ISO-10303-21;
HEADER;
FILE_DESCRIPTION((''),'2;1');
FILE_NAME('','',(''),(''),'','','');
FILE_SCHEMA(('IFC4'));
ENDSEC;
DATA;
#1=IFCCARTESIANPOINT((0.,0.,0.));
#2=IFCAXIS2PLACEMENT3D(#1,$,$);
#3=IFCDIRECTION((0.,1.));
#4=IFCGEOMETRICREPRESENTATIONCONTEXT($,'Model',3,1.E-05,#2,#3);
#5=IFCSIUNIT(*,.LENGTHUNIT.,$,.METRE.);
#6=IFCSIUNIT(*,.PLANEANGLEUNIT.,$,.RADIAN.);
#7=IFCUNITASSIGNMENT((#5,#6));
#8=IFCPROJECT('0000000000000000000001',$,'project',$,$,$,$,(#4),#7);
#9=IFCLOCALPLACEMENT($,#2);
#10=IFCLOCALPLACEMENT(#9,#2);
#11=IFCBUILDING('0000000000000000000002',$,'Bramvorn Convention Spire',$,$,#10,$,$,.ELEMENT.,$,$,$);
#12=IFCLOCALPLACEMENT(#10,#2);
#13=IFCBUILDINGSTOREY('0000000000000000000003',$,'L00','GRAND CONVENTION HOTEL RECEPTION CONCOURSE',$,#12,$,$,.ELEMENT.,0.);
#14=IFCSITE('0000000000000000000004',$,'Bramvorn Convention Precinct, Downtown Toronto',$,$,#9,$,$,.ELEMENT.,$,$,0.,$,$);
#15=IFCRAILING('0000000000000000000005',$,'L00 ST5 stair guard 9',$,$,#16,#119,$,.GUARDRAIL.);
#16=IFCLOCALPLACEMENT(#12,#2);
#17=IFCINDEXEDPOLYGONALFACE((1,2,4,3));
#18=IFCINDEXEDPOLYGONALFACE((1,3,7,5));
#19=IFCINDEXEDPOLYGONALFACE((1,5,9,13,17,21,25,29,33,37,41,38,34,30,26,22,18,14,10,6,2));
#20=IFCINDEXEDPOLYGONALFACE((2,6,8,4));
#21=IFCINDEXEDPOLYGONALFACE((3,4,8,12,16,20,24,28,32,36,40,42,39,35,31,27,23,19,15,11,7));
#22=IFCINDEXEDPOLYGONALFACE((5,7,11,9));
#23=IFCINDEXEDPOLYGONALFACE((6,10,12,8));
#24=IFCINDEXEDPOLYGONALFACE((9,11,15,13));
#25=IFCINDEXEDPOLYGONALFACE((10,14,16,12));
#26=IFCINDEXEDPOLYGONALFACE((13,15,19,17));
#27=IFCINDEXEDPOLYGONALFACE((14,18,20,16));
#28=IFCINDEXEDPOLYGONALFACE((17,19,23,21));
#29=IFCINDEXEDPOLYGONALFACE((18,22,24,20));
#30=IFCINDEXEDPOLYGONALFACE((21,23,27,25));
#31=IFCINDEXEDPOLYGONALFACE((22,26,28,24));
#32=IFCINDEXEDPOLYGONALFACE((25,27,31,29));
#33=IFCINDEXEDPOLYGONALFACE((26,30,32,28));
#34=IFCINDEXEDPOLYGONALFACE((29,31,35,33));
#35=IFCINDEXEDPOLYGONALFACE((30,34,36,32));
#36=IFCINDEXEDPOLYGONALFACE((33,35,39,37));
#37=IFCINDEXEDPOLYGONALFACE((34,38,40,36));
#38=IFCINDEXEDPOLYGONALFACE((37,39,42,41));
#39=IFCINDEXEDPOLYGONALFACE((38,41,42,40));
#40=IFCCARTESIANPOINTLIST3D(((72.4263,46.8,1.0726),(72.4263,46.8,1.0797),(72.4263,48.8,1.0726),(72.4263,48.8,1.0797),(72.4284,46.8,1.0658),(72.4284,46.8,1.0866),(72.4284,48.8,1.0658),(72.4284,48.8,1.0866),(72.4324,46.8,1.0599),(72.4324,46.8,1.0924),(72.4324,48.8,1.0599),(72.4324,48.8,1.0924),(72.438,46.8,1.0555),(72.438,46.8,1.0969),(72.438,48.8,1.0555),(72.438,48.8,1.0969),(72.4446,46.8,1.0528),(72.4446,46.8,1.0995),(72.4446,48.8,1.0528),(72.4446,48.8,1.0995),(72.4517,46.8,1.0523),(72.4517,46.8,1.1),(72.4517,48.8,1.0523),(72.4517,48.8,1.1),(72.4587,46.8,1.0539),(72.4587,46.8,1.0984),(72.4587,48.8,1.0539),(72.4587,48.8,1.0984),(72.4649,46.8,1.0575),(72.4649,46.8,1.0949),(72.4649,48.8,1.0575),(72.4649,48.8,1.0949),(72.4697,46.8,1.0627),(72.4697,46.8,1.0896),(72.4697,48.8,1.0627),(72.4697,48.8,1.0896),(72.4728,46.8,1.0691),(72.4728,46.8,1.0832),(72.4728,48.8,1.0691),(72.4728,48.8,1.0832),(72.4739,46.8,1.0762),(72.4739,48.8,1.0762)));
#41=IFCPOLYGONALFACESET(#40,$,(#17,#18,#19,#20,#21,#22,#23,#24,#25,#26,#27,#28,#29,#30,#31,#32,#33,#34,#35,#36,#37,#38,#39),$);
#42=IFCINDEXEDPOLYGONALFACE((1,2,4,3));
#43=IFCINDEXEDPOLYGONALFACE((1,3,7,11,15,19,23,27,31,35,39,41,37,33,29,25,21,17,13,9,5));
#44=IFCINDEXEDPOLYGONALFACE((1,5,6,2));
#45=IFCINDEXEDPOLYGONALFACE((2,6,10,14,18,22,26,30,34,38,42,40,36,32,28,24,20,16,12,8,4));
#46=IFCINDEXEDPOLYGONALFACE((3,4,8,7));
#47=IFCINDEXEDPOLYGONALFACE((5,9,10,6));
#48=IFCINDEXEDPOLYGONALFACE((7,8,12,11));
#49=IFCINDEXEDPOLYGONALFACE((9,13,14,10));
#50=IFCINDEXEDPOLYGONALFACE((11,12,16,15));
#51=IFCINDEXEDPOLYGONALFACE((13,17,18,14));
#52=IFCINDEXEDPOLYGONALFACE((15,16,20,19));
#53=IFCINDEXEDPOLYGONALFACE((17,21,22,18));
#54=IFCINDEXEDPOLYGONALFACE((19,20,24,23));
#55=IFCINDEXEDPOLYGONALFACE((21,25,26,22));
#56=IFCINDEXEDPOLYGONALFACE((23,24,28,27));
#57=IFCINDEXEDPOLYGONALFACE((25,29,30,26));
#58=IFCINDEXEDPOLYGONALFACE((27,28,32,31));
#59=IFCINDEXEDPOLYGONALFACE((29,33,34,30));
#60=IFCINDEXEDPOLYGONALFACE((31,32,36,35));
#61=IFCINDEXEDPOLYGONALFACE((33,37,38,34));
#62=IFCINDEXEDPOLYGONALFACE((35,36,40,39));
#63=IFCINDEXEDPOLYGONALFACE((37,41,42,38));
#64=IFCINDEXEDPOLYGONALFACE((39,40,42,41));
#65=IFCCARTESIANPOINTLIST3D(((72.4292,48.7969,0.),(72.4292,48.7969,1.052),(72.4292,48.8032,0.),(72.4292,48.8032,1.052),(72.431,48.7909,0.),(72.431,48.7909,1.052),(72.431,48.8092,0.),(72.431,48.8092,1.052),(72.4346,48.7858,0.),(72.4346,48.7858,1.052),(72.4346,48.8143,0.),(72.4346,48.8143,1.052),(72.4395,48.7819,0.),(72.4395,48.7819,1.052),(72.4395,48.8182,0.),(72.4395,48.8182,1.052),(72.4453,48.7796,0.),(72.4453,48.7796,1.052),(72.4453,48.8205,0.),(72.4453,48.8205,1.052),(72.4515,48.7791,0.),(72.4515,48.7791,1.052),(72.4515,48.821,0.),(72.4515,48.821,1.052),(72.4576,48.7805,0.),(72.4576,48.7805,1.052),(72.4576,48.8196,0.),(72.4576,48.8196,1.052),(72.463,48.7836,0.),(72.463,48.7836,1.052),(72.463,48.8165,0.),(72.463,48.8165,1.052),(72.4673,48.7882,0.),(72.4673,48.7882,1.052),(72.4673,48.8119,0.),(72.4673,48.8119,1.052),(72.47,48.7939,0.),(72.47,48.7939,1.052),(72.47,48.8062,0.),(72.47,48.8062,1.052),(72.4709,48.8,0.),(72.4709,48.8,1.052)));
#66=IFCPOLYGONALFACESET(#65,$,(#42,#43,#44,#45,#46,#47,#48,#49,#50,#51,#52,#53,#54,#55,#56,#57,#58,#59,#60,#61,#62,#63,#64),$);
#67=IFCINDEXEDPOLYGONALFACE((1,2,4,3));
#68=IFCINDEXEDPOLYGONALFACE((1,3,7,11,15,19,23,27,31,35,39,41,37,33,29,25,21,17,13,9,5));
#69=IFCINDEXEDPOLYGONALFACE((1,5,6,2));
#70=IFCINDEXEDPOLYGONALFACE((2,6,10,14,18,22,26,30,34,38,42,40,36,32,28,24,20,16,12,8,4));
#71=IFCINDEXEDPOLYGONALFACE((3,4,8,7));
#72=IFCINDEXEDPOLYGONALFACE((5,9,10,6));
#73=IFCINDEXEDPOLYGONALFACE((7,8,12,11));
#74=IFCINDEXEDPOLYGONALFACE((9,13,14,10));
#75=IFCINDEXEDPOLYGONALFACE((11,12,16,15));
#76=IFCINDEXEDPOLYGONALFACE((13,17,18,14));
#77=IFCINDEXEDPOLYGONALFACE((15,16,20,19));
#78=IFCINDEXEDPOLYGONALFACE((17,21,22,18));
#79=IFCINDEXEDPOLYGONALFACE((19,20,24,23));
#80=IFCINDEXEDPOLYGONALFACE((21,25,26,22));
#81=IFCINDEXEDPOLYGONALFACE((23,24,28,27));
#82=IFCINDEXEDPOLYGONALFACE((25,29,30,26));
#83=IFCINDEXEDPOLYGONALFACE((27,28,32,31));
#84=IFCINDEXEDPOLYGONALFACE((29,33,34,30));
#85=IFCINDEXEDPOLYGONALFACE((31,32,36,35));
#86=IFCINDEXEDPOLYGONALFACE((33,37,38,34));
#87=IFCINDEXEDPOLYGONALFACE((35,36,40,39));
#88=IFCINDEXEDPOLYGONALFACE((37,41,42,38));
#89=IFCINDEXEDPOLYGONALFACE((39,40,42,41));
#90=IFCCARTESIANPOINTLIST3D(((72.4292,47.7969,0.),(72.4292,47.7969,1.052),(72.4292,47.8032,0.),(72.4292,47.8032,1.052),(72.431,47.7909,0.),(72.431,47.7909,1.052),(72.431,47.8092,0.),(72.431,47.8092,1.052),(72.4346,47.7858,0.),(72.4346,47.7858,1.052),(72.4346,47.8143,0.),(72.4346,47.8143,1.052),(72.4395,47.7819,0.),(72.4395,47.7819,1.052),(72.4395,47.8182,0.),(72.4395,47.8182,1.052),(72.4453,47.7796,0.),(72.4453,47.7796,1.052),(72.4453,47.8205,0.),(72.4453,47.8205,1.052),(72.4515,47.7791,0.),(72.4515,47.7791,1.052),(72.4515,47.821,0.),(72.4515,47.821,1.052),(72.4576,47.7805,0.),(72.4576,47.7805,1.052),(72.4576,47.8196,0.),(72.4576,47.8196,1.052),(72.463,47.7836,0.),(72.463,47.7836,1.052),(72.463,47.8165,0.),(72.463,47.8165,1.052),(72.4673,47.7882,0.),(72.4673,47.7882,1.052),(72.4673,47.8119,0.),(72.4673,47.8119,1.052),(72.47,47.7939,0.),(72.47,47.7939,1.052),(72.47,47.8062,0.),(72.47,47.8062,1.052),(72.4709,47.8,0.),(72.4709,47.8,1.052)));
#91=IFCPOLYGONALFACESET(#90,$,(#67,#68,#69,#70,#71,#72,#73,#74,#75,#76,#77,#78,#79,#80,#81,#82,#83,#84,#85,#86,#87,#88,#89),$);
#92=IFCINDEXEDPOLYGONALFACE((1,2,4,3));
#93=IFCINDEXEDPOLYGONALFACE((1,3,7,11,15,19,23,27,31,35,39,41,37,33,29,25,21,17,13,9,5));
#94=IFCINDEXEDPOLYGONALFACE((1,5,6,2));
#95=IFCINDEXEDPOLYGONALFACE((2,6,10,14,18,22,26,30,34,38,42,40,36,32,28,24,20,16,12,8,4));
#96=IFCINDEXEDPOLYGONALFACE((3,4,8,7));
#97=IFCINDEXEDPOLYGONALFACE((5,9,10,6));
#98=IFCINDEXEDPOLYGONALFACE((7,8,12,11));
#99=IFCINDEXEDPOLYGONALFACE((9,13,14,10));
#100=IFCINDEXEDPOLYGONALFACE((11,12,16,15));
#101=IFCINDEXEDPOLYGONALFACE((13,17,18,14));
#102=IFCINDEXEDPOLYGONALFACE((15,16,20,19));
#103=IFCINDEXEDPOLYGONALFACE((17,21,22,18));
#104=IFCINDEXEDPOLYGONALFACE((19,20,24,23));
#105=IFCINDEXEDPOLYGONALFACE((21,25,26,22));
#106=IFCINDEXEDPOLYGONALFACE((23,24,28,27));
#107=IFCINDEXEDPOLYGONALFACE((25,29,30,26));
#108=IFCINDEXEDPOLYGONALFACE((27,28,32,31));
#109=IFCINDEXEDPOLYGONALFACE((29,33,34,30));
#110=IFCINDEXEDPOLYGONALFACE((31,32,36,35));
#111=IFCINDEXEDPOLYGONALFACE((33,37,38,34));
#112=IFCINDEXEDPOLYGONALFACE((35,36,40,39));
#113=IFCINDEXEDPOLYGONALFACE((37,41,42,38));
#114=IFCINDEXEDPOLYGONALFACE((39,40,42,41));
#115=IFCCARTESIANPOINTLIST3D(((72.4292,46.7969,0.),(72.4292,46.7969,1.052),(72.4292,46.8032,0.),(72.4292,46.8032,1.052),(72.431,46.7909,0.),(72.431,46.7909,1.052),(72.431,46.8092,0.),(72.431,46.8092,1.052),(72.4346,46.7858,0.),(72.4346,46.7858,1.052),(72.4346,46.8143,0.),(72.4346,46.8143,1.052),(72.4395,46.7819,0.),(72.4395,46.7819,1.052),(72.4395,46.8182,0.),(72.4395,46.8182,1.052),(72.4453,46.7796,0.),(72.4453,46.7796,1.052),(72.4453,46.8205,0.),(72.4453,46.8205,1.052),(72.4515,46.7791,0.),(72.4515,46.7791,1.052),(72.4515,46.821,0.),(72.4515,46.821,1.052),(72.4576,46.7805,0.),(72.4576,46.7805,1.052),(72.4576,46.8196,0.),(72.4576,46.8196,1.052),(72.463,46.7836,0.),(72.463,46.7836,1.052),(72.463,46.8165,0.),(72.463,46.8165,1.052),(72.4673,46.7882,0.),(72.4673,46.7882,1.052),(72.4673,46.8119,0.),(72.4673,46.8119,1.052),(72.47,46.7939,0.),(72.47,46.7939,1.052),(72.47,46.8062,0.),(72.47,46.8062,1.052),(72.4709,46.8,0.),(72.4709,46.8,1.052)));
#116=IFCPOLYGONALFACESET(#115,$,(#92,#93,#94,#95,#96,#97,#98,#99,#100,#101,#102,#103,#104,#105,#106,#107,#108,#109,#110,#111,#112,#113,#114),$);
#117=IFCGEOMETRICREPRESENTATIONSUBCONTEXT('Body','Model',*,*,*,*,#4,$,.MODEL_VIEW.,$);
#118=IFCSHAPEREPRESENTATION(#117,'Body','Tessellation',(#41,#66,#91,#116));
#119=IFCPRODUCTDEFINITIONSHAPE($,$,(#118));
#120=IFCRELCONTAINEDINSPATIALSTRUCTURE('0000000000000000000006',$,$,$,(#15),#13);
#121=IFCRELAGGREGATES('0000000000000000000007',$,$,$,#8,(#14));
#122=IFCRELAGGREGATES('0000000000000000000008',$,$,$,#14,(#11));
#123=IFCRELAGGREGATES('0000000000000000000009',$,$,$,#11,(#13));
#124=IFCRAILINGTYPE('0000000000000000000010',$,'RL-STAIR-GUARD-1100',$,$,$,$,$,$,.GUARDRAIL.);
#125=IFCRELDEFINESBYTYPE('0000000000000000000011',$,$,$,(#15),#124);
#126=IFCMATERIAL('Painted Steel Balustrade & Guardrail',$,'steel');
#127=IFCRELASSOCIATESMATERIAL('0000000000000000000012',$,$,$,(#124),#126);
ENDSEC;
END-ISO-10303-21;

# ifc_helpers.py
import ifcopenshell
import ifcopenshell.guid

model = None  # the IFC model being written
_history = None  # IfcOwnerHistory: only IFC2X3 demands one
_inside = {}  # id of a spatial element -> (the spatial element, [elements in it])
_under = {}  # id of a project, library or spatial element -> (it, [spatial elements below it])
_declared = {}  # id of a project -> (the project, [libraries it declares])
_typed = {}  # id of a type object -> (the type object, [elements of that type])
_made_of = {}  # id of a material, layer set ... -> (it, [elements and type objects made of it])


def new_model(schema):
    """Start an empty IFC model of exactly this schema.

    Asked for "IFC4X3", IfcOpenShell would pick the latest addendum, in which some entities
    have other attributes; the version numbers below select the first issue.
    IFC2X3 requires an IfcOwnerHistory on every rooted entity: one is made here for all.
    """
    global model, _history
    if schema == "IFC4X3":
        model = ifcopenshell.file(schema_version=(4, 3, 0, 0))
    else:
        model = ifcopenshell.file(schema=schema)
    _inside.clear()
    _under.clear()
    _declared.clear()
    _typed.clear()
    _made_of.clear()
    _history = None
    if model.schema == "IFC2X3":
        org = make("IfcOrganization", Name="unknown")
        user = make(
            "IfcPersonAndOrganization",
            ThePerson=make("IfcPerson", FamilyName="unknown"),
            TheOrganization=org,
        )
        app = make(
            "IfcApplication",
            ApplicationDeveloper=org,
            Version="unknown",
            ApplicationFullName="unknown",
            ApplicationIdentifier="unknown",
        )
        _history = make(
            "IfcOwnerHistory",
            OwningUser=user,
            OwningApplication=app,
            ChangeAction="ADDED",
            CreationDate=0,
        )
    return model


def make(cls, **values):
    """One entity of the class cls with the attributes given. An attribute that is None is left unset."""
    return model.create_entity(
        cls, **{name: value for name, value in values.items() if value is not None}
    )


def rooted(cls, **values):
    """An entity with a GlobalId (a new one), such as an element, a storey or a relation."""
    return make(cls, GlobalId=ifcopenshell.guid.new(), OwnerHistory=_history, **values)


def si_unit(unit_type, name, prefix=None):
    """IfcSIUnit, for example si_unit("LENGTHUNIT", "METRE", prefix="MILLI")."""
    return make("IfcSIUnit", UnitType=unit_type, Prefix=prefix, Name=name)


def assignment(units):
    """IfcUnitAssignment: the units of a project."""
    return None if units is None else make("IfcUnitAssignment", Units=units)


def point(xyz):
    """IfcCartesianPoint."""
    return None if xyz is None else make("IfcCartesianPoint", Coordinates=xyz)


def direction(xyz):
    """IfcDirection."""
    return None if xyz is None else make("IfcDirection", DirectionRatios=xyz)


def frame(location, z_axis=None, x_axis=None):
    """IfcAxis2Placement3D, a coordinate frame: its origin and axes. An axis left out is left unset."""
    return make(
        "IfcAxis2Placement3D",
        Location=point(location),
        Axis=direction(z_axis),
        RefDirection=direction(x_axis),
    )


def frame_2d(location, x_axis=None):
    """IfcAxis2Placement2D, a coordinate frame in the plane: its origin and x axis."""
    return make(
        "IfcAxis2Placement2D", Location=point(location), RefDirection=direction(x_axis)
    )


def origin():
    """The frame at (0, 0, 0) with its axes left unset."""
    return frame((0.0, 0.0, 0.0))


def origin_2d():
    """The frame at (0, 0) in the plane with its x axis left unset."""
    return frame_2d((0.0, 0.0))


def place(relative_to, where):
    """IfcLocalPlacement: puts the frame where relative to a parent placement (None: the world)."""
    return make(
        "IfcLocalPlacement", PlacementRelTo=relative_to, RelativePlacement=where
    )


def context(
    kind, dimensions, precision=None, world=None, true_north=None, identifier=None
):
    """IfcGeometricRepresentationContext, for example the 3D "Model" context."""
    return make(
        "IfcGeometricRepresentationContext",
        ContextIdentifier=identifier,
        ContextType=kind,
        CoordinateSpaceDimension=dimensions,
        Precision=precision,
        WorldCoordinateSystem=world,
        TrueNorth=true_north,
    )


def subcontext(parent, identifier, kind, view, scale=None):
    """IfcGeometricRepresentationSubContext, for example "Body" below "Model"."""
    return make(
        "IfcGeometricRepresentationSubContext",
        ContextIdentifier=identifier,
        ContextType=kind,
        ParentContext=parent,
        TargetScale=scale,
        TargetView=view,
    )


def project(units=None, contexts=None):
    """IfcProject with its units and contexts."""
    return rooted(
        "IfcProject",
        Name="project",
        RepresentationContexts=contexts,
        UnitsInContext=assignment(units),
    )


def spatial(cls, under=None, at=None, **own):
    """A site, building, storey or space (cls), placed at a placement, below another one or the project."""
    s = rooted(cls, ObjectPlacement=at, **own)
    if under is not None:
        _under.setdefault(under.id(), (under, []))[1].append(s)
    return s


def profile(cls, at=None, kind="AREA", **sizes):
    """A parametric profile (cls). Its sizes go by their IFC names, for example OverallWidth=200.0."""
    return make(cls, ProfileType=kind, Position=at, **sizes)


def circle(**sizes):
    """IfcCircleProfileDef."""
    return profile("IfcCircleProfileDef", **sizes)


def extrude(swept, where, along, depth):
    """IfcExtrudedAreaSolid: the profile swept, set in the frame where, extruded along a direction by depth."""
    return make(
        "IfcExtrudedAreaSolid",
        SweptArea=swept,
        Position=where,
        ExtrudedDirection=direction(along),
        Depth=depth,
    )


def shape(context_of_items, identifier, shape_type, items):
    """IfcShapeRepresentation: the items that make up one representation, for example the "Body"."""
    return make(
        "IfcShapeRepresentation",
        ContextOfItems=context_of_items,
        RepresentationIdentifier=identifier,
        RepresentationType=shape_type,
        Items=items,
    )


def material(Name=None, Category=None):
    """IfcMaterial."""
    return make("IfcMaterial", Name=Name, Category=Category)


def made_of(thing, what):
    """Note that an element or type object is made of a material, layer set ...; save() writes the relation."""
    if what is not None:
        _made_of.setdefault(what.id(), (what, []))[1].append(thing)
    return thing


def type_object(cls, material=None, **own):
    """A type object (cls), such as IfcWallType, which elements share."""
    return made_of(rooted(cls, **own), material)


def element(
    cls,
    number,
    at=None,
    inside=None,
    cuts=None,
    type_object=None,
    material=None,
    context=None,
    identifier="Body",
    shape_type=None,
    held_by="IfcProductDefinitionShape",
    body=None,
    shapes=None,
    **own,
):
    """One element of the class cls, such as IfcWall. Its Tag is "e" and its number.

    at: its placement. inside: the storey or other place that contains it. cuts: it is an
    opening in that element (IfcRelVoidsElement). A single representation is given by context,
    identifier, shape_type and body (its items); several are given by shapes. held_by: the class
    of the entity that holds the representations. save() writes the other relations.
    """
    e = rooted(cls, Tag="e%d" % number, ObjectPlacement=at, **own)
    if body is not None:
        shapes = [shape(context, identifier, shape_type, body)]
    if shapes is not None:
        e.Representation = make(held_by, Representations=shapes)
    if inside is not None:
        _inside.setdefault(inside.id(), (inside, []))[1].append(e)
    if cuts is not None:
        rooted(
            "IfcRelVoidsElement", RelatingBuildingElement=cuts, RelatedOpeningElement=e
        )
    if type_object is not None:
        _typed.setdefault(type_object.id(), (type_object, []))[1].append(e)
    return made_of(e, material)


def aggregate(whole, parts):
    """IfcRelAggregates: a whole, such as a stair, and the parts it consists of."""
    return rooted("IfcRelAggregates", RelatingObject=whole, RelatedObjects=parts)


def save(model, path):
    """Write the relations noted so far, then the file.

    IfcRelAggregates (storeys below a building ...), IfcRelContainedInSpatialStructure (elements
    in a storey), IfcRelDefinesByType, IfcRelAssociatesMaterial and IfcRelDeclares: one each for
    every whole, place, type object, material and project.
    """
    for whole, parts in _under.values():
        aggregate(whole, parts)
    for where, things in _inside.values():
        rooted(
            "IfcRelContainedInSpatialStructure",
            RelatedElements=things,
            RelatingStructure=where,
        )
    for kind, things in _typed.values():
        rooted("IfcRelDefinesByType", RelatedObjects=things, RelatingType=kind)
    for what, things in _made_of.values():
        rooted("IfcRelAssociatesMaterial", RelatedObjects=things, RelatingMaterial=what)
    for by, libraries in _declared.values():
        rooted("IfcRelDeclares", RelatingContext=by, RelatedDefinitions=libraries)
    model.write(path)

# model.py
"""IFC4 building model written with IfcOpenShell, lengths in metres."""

from ifc_helpers import new_model, si_unit, direction, frame, origin, origin_2d, place, context, subcontext, project, spatial, circle, extrude, material, type_object, element, save


model = new_model("IFC4")

# Units and contexts
model_context = context("Model", 3, precision=1e-05, world=origin(), true_north=direction((0.0, 1.0)))
body_context = subcontext(model_context, "Body", "Model", "MODEL_VIEW")
ifc_project = project(units=[si_unit("LENGTHUNIT", "METRE"), si_unit("PLANEANGLEUNIT", "RADIAN")], contexts=[model_context])

# Site, building, storey
site_placement = place(None, origin())
site = spatial("IfcSite", under=ifc_project, at=site_placement, Name="Bramvorn Convention Precinct, Downtown Toronto", CompositionType="ELEMENT", RefElevation=0.0)
building_placement = place(site_placement, origin())
building = spatial("IfcBuilding", under=site, at=building_placement, Name="Bramvorn Convention Spire", CompositionType="ELEMENT")
storey_placement = place(building_placement, origin())
storey = spatial("IfcBuildingStorey", under=building, at=storey_placement, Name="L00", Description="GRAND CONVENTION HOTEL RECEPTION CONCOURSE", CompositionType="ELEMENT", Elevation=0.0)

# Railing
ifc_material_1 = material(Name="Painted Steel Balustrade & Guardrail", Category="steel")
railing_type_1 = type_object("IfcRailingType", Name="RL-STAIR-GUARD-1100", PredefinedType="GUARDRAIL", material=ifc_material_1)
for number, where, name in (
    (1, (72.45, 48.8, 0.0), "L00 ST5 stair guard 9"),
):
    element("IfcRailing", number, at=place(storey_placement, frame(where)), inside=storey, type_object=railing_type_1, Name=name, PredefinedType="GUARDRAIL", context=body_context, shape_type="SweptSolid", body=[
        extrude(circle(Radius=0.0239, at=origin_2d()), frame((0.0, 0.0, 1.0762), z_axis=(0.0, -1.0, 0.0), x_axis=(1.0, 0.0, 0.0)), (0.0, 0.0, 1.0), 2.0),
        extrude(circle(Radius=0.021, at=origin_2d()), origin(), (0.0, 0.0, 1.0), 1.052),
        extrude(circle(Radius=0.021, at=origin_2d()), frame((0.0, -1.0, 0.0)), (0.0, 0.0, 1.0), 1.052),
        extrude(circle(Radius=0.021, at=origin_2d()), frame((0.0, -2.0, 0.0)), (0.0, 0.0, 1.0), 1.052),
    ])

save(model, "model.ifc")
